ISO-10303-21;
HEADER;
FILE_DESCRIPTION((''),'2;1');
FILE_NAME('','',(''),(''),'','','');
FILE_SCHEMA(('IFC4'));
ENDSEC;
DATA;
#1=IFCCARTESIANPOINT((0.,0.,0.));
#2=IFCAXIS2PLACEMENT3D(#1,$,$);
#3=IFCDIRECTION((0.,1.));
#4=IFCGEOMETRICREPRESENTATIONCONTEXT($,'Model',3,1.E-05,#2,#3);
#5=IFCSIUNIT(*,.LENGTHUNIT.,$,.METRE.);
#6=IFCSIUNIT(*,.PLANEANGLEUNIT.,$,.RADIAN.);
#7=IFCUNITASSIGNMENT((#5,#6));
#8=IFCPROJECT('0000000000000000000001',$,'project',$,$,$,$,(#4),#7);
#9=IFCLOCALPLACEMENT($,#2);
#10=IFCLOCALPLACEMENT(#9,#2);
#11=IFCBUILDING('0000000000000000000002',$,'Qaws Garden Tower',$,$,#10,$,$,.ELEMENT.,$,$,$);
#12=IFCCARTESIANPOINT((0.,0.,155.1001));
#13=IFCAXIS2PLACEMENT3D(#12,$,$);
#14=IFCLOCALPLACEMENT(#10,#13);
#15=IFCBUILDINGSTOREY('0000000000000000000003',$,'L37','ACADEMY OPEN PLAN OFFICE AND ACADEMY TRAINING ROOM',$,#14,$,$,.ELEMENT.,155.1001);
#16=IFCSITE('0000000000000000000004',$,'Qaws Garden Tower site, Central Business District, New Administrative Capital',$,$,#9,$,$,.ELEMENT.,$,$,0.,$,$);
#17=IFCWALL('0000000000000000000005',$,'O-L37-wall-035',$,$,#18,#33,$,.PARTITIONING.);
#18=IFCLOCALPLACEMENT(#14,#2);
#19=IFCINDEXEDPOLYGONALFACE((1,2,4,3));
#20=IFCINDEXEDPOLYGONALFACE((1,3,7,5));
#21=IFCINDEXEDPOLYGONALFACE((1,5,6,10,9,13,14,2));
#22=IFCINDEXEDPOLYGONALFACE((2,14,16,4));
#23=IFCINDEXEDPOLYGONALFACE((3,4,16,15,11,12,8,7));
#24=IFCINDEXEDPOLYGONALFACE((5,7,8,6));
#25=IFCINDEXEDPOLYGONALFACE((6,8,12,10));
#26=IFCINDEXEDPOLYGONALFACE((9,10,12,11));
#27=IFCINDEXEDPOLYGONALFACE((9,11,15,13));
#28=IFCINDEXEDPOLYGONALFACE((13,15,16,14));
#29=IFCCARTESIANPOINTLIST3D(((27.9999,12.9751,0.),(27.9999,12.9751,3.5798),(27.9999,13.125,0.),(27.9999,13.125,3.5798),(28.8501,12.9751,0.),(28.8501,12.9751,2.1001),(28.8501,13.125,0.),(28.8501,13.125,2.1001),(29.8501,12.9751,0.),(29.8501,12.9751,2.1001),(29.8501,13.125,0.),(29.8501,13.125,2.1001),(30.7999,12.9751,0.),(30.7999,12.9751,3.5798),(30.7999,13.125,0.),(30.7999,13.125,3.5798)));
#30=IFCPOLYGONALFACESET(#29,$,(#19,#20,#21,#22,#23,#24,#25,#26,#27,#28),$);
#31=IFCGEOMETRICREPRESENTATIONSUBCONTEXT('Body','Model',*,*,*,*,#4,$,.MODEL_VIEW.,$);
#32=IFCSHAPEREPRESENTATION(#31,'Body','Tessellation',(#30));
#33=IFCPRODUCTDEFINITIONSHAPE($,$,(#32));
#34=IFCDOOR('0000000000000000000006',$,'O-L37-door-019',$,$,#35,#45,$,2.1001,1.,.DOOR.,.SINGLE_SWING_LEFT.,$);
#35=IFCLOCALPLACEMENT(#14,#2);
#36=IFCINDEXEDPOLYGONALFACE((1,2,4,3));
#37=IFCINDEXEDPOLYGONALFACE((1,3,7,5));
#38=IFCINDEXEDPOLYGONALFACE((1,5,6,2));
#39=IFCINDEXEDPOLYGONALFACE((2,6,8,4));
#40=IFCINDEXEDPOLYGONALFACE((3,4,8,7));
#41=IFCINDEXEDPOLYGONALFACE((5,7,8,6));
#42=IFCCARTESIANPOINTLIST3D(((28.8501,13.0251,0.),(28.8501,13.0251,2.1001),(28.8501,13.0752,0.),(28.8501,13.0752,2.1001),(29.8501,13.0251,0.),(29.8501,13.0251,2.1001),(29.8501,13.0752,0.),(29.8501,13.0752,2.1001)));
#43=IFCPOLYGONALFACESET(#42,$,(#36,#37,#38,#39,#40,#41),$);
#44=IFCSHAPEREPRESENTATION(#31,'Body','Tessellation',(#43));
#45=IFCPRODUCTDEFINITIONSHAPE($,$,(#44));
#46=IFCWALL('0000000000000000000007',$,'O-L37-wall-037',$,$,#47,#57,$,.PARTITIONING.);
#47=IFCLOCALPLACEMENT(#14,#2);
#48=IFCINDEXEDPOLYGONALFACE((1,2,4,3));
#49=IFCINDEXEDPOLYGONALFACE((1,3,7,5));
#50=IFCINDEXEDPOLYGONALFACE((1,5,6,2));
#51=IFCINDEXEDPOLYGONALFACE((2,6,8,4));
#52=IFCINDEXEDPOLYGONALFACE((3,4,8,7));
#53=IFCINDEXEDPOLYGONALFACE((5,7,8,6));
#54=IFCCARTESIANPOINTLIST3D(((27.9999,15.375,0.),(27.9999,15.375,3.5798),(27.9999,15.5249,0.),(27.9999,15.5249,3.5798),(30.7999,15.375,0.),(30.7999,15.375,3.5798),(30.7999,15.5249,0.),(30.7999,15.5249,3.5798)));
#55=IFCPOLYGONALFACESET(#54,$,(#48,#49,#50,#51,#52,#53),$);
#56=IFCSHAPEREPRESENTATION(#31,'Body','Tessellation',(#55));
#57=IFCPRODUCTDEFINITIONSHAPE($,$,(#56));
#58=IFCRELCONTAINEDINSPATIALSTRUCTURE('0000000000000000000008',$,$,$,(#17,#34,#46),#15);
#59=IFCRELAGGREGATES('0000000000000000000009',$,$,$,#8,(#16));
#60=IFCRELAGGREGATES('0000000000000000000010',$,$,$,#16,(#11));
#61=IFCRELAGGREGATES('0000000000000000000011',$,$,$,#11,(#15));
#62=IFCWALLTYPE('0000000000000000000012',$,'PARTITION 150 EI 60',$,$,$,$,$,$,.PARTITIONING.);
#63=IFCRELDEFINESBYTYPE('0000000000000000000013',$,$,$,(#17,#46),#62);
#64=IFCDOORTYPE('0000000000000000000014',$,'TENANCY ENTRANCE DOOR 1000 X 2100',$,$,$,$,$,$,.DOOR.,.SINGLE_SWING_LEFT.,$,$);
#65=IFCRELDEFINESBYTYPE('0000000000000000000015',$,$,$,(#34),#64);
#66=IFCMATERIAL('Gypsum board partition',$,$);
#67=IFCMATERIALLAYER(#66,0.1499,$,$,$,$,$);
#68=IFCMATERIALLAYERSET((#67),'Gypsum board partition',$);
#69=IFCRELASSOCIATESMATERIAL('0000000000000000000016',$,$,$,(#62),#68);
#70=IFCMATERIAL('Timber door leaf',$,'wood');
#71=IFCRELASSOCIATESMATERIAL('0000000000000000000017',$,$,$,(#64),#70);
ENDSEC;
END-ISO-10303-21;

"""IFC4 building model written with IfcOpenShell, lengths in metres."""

from ifc_helpers import new_model, si_unit, direction, frame, frame_2d, origin, place, context, subcontext, project, spatial, rectangle, extrude, material, layer, layer_set, type_object, element, fill, save


model = new_model("IFC4")

# Units and contexts
model_context = context("Model", 3, precision=1e-05, world=origin(), true_north=direction((0.0, 1.0)))
body_context = subcontext(model_context, "Body", "Model", "MODEL_VIEW")
ifc_project = project(units=[si_unit("LENGTHUNIT", "METRE"), si_unit("PLANEANGLEUNIT", "RADIAN")], contexts=[model_context])

# Site, building, storey
site_placement = place(None, origin())
site = spatial("IfcSite", under=ifc_project, at=site_placement, Name="Qaws Garden Tower site, Central Business District, New Administrative Capital", CompositionType="ELEMENT", RefElevation=0.0)
building_placement = place(site_placement, origin())
building = spatial("IfcBuilding", under=site, at=building_placement, Name="Qaws Garden Tower", CompositionType="ELEMENT")
storey_placement = place(building_placement, frame((0.0, 0.0, 155.1001)))
storey = spatial("IfcBuildingStorey", under=building, at=storey_placement, Name="L37", Description="ACADEMY OPEN PLAN OFFICE AND ACADEMY TRAINING ROOM", CompositionType="ELEMENT", Elevation=155.1001)

# Shared definitions
ifc_material_1 = material(Name="Gypsum board partition")
ifc_layer_1 = layer(ifc_material_1, 0.1499)
ifc_layer_set_1 = layer_set([ifc_layer_1], Name="Gypsum board partition")
wall_type_1 = type_object("IfcWallType", Name="PARTITION 150 EI 60", PredefinedType="PARTITIONING", material=ifc_layer_set_1)

# Shared definitions
ifc_material_2 = material(Name="Timber door leaf", Category="wood")
door_type_1 = type_object("IfcDoorType", Name="TENANCY ENTRANCE DOOR 1000 X 2100", OperationType="SINGLE_SWING_LEFT", PredefinedType="DOOR", material=ifc_material_2)

# Wall, opening, door
wall_1_placement = place(storey_placement, frame((28.0, 13.05, 0.0), z_axis=(0.0, 0.0, 1.0), x_axis=(1.0, 0.0, 0.0)))
wall_1 = element("IfcWall", 1, at=wall_1_placement, inside=storey, type_object=wall_type_1, Name="O-L37-wall-035", PredefinedType="PARTITIONING", context=body_context, shape_type="SweptSolid", body=[
    extrude(rectangle(XDim=2.8, YDim=0.1499, at=frame_2d((1.3999, 0.0))), origin(), (0.0, 0.0, 1.0), 3.5798),
])
opening_1_placement = place(wall_1_placement, frame((0.8501, 0.0, 0.0)))
opening_1 = element("IfcOpeningElement", 2, at=opening_1_placement, cuts=wall_1, PredefinedType="OPENING", context=body_context, shape_type="SweptSolid", body=[
    extrude(rectangle(XDim=1.0, YDim=2.1001, at=frame_2d((0.5, 1.05))), frame((0.0, 0.085, 0.0), z_axis=(0.0, -1.0, 0.0), x_axis=(1.0, 0.0, 0.0)), (0.0, 0.0, 1.0), 0.1699),
])
door_1_placement = place(opening_1_placement, frame((1.0, 0.0, 0.0), z_axis=(0.0, 0.0, 1.0), x_axis=(-1.0, 0.0, 0.0)))
door_1 = element("IfcDoor", 3, at=door_1_placement, inside=storey, type_object=door_type_1, Name="O-L37-door-019", OperationType="SINGLE_SWING_LEFT", OverallHeight=2.1001, OverallWidth=1.0, PredefinedType="DOOR", context=body_context, shape_type="SweptSolid", body=[
    extrude(rectangle(XDim=1.0, YDim=2.1001, at=frame_2d((0.5, 1.05))), frame((0.0, 0.0249, 0.0), z_axis=(0.0, -1.0, 0.0), x_axis=(1.0, 0.0, 0.0)), (0.0, 0.0, 1.0), 0.05),
])
fill(opening_1, door_1)

# Wall
wall_2_placement = place(storey_placement, frame((28.0, 15.45, 0.0), z_axis=(0.0, 0.0, 1.0), x_axis=(1.0, 0.0, 0.0)))
element("IfcWall", 4, at=wall_2_placement, inside=storey, type_object=wall_type_1, Name="O-L37-wall-037", PredefinedType="PARTITIONING", context=body_context, shape_type="SweptSolid", body=[
    extrude(rectangle(XDim=2.8, YDim=0.1499, at=frame_2d((1.3999, 0.0))), origin(), (0.0, 0.0, 1.0), 3.5798),
])

save(model, "model.ifc")
